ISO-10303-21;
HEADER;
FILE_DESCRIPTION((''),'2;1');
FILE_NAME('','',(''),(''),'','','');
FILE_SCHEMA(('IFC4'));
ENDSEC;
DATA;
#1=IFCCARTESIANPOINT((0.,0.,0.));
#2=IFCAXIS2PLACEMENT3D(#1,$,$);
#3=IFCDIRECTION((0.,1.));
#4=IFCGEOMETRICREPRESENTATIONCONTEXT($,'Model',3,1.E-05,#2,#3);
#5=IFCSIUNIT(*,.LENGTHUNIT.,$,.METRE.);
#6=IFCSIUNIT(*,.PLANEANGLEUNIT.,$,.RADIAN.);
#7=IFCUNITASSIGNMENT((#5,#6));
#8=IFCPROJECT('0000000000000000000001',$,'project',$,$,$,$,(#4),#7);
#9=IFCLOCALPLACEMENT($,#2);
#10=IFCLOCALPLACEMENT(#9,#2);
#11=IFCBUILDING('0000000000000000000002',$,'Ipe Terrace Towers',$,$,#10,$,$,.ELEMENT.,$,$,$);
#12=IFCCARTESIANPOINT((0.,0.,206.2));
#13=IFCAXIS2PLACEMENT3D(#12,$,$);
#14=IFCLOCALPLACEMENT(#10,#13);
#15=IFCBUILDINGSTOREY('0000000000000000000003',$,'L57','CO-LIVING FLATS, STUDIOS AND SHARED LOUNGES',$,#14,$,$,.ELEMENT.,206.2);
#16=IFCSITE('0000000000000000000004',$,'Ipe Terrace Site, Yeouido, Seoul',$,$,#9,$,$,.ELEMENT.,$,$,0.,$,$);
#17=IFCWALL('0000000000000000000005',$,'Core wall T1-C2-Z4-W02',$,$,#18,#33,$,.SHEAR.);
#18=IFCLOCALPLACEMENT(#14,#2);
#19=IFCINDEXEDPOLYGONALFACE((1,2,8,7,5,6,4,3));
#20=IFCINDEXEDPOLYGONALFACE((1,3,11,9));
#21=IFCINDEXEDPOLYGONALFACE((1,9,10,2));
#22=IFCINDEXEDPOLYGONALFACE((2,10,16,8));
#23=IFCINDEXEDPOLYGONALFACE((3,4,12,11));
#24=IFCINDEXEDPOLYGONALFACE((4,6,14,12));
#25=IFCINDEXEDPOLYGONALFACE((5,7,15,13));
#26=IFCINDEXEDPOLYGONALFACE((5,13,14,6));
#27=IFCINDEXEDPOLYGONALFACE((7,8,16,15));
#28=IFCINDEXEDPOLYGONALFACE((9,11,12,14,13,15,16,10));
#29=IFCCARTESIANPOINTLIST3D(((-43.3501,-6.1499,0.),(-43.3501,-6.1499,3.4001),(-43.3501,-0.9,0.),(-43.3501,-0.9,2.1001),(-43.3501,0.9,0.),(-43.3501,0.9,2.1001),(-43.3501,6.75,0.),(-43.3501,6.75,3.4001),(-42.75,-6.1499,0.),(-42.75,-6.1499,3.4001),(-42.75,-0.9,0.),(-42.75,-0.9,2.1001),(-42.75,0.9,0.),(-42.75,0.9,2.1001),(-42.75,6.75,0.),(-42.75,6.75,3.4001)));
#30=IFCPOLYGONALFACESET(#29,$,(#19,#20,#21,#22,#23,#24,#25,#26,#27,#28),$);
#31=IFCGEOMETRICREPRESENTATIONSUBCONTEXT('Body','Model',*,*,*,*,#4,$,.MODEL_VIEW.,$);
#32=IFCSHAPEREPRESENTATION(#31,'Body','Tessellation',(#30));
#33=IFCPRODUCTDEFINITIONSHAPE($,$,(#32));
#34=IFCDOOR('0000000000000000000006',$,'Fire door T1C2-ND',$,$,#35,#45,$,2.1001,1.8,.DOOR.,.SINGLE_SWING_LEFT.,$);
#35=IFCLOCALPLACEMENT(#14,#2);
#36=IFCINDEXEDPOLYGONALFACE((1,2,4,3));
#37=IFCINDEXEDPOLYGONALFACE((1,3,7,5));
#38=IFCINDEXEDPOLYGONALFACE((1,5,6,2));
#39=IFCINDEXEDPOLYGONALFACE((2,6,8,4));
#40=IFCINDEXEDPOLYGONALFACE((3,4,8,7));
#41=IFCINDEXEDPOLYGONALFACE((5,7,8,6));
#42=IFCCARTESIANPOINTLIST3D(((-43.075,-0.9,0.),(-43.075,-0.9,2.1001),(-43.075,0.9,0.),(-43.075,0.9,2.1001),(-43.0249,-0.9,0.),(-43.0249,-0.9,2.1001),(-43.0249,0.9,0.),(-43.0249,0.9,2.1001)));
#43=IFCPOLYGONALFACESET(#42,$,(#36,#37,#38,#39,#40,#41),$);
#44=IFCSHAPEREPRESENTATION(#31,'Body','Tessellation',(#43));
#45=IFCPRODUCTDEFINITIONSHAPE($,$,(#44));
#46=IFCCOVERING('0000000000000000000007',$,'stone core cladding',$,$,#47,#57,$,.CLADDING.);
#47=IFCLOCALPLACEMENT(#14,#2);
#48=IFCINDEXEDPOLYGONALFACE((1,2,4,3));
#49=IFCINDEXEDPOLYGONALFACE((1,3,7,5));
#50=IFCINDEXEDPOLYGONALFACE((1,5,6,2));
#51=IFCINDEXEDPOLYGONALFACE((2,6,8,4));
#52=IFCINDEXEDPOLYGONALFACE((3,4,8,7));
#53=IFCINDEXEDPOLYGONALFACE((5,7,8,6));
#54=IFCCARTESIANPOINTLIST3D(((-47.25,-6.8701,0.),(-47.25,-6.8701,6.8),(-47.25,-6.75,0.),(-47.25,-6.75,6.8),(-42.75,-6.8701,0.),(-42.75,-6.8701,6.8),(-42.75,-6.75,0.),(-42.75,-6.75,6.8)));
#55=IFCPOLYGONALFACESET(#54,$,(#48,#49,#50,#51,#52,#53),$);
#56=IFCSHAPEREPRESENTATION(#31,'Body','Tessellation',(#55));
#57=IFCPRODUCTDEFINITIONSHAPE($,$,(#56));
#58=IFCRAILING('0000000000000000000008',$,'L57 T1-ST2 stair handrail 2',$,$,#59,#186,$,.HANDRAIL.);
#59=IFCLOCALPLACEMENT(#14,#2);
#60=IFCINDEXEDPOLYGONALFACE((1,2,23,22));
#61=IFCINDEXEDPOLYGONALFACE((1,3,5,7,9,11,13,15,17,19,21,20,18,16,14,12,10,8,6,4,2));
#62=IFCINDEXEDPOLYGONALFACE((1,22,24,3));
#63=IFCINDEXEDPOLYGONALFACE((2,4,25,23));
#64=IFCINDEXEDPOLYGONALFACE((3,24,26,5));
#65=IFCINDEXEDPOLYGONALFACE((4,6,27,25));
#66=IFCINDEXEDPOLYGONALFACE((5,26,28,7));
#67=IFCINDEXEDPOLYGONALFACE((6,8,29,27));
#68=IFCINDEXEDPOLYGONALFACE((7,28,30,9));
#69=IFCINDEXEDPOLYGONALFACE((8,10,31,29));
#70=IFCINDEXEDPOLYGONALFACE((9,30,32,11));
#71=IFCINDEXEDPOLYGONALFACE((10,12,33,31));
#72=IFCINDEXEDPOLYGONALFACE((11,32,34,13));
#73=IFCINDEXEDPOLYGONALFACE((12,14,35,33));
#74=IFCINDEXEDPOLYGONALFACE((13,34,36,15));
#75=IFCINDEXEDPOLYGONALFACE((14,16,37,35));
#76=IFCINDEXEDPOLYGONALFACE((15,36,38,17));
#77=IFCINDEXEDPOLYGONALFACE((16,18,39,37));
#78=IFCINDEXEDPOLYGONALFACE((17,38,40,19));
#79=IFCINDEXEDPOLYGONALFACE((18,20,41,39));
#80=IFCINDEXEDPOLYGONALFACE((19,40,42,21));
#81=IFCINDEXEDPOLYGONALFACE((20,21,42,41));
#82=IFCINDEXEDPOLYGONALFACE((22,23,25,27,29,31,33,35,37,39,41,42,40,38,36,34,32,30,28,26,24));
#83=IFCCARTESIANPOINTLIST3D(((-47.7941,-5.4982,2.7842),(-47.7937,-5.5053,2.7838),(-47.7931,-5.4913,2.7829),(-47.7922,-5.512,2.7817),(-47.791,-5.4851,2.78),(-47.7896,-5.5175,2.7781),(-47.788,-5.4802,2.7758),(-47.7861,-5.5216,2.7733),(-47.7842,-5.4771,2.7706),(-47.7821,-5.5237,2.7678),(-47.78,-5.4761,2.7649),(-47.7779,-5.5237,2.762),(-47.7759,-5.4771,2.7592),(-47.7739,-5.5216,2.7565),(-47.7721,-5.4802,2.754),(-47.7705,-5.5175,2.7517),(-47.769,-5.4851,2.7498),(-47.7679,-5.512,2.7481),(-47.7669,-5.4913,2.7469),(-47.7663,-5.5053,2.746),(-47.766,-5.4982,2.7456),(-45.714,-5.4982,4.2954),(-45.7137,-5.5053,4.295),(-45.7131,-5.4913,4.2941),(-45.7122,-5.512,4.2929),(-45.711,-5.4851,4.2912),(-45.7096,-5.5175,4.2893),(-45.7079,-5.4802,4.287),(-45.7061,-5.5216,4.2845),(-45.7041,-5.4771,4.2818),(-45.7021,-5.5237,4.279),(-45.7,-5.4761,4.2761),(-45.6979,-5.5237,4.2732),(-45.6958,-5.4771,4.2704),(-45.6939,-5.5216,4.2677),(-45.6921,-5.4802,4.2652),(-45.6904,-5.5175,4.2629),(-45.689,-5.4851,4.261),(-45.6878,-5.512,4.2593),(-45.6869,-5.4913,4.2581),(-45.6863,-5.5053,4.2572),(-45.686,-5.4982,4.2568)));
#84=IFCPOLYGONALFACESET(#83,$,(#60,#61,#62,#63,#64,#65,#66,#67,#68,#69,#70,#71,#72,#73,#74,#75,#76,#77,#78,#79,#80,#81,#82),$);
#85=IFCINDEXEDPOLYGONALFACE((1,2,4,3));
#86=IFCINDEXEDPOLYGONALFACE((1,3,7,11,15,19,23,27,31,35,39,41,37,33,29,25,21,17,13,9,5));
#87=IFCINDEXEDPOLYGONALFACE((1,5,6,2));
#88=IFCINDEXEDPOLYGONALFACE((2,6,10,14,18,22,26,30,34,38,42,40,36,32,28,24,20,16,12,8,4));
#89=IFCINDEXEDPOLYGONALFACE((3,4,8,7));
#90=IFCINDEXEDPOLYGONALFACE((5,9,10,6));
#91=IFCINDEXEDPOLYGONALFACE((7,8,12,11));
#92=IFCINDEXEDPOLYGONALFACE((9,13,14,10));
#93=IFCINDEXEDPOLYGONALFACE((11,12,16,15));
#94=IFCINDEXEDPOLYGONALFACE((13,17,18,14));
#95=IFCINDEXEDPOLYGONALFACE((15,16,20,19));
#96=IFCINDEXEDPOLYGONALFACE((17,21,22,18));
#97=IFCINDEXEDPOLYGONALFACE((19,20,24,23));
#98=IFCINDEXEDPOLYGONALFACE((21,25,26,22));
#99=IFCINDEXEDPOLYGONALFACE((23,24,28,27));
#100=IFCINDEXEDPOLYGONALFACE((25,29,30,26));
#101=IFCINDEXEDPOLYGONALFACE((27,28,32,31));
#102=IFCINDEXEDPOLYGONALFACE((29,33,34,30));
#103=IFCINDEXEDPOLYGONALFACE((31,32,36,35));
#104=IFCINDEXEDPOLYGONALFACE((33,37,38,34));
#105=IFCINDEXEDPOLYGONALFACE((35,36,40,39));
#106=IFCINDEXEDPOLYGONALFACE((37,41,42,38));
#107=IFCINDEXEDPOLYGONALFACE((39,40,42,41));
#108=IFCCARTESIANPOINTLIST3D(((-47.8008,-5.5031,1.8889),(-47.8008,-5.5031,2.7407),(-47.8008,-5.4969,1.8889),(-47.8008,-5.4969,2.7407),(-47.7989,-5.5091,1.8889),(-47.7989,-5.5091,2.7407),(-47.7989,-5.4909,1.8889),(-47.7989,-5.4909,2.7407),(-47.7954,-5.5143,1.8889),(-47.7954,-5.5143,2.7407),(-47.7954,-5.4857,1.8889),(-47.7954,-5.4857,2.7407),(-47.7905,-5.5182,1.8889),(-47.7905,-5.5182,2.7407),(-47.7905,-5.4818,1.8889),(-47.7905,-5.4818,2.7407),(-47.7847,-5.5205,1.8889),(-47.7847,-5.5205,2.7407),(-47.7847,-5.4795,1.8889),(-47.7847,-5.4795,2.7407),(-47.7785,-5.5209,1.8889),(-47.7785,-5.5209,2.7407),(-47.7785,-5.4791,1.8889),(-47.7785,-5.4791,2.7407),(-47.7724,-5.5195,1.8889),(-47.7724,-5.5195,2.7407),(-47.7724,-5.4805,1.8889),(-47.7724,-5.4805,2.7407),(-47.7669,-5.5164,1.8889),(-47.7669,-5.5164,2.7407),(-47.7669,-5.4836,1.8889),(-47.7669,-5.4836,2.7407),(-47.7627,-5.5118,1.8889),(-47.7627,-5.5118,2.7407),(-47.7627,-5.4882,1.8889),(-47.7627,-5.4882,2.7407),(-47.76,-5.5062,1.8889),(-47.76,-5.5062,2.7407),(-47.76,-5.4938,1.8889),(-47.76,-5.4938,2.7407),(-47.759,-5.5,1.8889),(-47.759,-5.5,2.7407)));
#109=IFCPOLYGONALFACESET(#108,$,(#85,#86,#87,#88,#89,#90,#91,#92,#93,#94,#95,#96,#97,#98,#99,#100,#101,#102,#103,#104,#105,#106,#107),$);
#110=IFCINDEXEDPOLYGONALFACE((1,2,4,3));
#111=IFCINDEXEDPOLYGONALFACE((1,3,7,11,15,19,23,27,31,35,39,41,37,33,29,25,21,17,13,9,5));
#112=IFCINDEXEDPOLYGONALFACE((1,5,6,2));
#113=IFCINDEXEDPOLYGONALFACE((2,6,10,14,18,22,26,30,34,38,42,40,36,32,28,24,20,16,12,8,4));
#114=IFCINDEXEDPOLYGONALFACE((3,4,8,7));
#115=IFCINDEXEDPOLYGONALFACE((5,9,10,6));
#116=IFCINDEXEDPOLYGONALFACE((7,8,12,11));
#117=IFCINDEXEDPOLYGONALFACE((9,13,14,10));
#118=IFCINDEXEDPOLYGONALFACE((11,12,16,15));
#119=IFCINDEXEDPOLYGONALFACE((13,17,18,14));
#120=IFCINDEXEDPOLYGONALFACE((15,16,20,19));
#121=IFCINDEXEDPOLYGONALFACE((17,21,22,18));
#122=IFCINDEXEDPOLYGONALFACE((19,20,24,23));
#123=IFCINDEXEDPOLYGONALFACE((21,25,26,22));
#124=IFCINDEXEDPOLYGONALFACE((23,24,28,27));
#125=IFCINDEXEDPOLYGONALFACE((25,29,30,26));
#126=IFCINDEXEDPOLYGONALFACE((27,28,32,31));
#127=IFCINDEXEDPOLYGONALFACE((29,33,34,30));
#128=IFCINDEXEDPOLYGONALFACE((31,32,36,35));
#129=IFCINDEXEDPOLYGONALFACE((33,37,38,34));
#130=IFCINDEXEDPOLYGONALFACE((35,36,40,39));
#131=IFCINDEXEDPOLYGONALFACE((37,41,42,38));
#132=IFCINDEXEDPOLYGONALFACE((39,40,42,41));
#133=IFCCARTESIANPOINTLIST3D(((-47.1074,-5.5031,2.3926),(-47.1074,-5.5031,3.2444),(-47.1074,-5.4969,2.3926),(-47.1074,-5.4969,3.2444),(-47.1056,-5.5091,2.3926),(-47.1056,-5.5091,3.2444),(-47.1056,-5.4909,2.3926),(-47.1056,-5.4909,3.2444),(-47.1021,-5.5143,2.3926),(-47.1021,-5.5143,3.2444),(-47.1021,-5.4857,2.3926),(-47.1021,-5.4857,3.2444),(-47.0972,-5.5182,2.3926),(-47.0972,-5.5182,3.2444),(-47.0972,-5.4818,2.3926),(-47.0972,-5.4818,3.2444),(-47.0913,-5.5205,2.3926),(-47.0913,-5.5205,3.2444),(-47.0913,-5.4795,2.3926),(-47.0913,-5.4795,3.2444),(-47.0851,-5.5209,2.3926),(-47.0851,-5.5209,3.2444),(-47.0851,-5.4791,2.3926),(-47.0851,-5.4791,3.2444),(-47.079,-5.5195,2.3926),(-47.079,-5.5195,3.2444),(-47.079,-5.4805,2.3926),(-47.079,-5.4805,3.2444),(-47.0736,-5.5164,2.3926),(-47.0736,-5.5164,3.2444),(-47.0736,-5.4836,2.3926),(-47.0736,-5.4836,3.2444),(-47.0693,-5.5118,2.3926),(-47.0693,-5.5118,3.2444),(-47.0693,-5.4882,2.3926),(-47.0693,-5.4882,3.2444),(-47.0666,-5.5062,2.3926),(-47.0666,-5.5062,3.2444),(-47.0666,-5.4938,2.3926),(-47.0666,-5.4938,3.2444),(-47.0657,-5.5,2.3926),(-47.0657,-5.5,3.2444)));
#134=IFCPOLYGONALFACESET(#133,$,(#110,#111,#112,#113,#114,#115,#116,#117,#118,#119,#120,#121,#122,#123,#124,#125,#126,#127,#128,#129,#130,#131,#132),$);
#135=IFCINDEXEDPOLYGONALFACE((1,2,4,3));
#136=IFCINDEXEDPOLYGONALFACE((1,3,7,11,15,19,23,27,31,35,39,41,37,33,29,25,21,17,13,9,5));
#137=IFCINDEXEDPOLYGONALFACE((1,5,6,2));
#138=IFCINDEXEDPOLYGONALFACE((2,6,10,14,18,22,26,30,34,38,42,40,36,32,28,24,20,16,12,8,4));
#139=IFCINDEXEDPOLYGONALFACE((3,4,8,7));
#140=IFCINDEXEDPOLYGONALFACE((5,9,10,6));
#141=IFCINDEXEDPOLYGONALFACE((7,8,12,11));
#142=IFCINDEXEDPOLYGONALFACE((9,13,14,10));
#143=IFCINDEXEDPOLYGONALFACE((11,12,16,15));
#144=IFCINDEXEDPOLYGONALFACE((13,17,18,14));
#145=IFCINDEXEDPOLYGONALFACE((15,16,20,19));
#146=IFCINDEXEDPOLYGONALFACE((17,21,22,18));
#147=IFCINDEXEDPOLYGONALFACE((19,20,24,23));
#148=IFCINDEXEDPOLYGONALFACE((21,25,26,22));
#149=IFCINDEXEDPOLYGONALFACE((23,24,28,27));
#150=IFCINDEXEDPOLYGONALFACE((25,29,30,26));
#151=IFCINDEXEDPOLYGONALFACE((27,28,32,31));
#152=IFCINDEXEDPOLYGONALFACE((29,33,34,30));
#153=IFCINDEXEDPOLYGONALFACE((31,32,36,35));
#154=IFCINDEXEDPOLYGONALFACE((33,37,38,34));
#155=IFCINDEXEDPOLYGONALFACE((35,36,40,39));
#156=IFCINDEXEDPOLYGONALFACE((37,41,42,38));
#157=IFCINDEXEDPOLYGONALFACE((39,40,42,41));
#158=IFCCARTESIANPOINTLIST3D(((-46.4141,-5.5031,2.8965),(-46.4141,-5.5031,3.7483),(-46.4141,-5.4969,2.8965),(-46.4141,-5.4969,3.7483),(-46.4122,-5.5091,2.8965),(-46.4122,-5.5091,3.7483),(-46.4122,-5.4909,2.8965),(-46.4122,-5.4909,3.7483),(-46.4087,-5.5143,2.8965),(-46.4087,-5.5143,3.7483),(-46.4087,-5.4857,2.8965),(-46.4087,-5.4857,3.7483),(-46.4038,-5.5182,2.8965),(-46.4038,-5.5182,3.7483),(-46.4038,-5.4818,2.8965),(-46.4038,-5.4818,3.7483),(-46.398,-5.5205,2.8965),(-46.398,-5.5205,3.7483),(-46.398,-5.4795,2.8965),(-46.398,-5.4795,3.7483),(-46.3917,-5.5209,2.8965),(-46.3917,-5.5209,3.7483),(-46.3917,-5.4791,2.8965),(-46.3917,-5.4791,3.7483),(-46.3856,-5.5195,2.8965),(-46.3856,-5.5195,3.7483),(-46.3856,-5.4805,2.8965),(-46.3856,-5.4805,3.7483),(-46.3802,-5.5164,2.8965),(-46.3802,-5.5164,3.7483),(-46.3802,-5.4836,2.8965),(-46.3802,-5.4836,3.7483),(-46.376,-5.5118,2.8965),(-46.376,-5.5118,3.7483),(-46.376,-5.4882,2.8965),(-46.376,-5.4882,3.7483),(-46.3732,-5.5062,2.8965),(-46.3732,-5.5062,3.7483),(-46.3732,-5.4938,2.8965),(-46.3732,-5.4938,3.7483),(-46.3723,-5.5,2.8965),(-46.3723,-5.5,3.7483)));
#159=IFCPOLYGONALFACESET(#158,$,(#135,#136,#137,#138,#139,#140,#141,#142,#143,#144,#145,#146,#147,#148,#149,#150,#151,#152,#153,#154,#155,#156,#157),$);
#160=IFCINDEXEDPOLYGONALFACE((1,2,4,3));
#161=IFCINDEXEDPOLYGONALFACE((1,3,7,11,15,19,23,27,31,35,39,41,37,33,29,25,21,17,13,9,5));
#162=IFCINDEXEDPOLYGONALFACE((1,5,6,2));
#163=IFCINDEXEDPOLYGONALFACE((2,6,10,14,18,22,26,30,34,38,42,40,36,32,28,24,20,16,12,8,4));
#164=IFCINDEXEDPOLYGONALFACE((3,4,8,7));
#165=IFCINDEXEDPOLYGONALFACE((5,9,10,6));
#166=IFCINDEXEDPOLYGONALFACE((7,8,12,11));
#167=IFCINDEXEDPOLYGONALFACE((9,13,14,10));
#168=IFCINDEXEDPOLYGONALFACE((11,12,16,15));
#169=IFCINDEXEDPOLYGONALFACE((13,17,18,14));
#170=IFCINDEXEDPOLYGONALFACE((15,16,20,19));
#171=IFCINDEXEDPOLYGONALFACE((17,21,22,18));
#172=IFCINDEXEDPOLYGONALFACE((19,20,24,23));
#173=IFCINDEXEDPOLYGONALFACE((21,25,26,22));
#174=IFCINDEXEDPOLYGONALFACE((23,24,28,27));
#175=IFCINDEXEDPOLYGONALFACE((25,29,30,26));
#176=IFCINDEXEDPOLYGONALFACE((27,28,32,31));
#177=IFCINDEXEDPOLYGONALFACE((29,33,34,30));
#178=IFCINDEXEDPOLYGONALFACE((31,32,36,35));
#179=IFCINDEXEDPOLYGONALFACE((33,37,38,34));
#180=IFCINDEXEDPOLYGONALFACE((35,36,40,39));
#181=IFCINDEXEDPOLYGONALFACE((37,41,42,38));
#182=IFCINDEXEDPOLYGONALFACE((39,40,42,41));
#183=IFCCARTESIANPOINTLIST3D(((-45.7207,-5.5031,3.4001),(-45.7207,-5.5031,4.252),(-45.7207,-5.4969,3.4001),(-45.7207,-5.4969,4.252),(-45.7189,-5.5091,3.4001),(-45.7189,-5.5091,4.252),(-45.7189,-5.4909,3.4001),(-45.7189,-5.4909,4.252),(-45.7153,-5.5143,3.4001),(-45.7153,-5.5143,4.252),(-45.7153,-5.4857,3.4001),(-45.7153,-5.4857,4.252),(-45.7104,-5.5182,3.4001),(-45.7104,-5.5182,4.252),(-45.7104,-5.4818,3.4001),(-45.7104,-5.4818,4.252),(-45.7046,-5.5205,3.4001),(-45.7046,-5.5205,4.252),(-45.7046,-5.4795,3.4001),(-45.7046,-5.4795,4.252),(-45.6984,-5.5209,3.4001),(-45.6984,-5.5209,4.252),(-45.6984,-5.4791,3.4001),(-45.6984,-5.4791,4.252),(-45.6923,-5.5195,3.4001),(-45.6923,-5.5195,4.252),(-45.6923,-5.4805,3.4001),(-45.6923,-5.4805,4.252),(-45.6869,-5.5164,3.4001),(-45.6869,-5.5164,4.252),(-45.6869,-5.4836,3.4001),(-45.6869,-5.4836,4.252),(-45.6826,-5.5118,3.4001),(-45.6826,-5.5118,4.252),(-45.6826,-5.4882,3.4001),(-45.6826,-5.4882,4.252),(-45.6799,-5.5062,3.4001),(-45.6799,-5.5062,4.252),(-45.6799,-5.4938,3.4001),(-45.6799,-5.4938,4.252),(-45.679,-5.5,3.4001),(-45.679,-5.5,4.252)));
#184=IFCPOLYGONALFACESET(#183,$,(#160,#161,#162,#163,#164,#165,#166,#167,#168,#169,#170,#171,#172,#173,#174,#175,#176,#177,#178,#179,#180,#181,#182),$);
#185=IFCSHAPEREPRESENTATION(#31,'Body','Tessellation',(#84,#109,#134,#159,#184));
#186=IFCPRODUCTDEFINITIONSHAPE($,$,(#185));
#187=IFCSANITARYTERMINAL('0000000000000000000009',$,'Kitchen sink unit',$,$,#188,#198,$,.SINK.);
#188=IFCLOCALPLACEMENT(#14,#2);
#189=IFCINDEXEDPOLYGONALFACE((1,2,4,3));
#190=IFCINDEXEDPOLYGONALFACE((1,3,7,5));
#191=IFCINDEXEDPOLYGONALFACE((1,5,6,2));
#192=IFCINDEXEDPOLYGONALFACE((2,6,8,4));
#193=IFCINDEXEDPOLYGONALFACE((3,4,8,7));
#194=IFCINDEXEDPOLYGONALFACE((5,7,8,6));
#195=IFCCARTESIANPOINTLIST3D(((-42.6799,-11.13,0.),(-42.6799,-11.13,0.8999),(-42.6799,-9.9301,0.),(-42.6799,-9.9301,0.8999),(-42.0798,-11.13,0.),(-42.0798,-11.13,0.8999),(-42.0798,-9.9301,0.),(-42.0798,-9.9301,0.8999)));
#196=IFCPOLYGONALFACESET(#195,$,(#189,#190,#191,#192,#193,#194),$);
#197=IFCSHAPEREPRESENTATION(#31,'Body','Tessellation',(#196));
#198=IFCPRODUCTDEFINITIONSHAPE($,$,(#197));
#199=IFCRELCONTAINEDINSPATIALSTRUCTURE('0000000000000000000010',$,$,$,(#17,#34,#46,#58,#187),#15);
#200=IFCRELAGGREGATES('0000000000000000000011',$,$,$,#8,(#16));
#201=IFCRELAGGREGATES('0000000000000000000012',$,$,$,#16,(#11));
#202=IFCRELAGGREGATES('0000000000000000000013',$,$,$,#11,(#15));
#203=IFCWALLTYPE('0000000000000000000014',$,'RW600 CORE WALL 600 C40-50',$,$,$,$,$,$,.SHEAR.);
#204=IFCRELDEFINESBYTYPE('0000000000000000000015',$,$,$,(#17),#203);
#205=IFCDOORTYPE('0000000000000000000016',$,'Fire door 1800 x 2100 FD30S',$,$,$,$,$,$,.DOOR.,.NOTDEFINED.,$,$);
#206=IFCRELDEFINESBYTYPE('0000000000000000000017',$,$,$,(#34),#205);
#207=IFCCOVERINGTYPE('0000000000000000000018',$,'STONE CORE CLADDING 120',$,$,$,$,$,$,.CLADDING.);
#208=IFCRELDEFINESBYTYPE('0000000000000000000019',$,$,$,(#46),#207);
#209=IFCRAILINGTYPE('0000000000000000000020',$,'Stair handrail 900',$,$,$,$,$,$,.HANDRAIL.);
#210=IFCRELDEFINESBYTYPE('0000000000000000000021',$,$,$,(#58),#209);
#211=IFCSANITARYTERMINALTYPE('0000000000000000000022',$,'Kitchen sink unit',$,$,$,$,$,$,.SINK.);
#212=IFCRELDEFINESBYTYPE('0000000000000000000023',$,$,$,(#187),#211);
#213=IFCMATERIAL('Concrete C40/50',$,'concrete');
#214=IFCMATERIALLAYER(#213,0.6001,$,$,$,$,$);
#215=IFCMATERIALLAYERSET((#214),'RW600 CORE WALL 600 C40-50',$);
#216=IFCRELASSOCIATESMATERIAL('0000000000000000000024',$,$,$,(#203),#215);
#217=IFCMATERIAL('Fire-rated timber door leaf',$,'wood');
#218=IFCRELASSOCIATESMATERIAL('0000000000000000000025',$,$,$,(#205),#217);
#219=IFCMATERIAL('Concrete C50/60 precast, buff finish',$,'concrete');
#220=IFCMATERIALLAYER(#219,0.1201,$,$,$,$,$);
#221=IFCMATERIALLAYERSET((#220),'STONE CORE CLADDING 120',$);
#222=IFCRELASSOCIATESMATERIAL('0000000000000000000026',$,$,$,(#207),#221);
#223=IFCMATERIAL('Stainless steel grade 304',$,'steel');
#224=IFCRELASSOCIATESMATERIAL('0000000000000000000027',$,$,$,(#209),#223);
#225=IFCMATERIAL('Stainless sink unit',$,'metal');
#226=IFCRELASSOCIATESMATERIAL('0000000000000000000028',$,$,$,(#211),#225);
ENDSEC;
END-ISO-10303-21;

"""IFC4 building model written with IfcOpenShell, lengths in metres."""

from ifc_helpers import new_model, si_unit, direction, frame, frame_2d, origin, origin_2d, place, context, subcontext, project, spatial, rectangle, circle, extrude, material, layer, layer_set, type_object, element, fill, save


model = new_model("IFC4")

# Units and contexts
model_context = context("Model", 3, precision=1e-05, world=origin(), true_north=direction((0.0, 1.0)))
body_context = subcontext(model_context, "Body", "Model", "MODEL_VIEW")
ifc_project = project(units=[si_unit("LENGTHUNIT", "METRE"), si_unit("PLANEANGLEUNIT", "RADIAN")], contexts=[model_context])

# Site, building, storey
site_placement = place(None, origin())
site = spatial("IfcSite", under=ifc_project, at=site_placement, Name="Ipe Terrace Site, Yeouido, Seoul", CompositionType="ELEMENT", RefElevation=0.0)
building_placement = place(site_placement, origin())
building = spatial("IfcBuilding", under=site, at=building_placement, Name="Ipe Terrace Towers", CompositionType="ELEMENT")
storey_placement = place(building_placement, frame((0.0, 0.0, 206.2)))
storey = spatial("IfcBuildingStorey", under=building, at=storey_placement, Name="L57", Description="CO-LIVING FLATS, STUDIOS AND SHARED LOUNGES", CompositionType="ELEMENT", Elevation=206.2)

# Shared definitions
ifc_material_1 = material(Name="Concrete C40/50", Category="concrete")
ifc_layer_1 = layer(ifc_material_1, 0.6001)
ifc_layer_set_1 = layer_set([ifc_layer_1], Name="RW600 CORE WALL 600 C40-50")
wall_type_1 = type_object("IfcWallType", Name="RW600 CORE WALL 600 C40-50", PredefinedType="SHEAR", material=ifc_layer_set_1)

# Wall, opening, door
wall_1_placement = place(storey_placement, frame((-43.05, -6.1499, 0.0), z_axis=(0.0, 0.0, 1.0), x_axis=(0.0, 1.0, 0.0)))
wall_1 = element("IfcWall", 1, at=wall_1_placement, inside=storey, type_object=wall_type_1, Name="Core wall T1-C2-Z4-W02", PredefinedType="SHEAR", context=body_context, shape_type="SweptSolid", body=[
    extrude(rectangle(XDim=12.8999, YDim=0.6001, at=frame_2d((6.45, 0.0))), origin(), (0.0, 0.0, 1.0), 3.4001),
])
opening_1_placement = place(wall_1_placement, frame((5.25, 0.0, 0.0)))
opening_1 = element("IfcOpeningElement", 2, at=opening_1_placement, cuts=wall_1, PredefinedType="OPENING", context=body_context, shape_type="SweptSolid", body=[
    extrude(rectangle(XDim=1.8, YDim=2.1001, at=frame_2d((0.8999, 1.05))), frame((0.0, 0.3101, 0.0), z_axis=(0.0, -1.0, 0.0), x_axis=(1.0, 0.0, 0.0)), (0.0, 0.0, 1.0), 0.6201),
])
ifc_material_2 = material(Name="Fire-rated timber door leaf", Category="wood")
door_type_1 = type_object("IfcDoorType", Name="Fire door 1800 x 2100 FD30S", OperationType="NOTDEFINED", PredefinedType="DOOR", material=ifc_material_2)
door_1_placement = place(opening_1_placement, origin())
door_1 = element("IfcDoor", 3, at=door_1_placement, inside=storey, type_object=door_type_1, Name="Fire door T1C2-ND", OperationType="SINGLE_SWING_LEFT", OverallHeight=2.1001, OverallWidth=1.8, PredefinedType="DOOR", context=body_context, shape_type="SweptSolid", body=[
    extrude(rectangle(XDim=1.8, YDim=2.1001, at=frame_2d((0.8999, 1.05))), frame((0.0, 0.0249, 0.0), z_axis=(0.0, -1.0, 0.0), x_axis=(1.0, 0.0, 0.0)), (0.0, 0.0, 1.0), 0.05),
])
fill(opening_1, door_1)

# Covering
ifc_material_3 = material(Name="Concrete C50/60 precast, buff finish", Category="concrete")
ifc_layer_2 = layer(ifc_material_3, 0.1201)
ifc_layer_set_2 = layer_set([ifc_layer_2], Name="STONE CORE CLADDING 120")
covering_type = type_object("IfcCoveringType", Name="STONE CORE CLADDING 120", PredefinedType="CLADDING", material=ifc_layer_set_2)
covering_placement = place(storey_placement, frame((-45.0, -6.8101, 0.0), z_axis=(0.0, 0.0, 1.0), x_axis=(1.0, 0.0, 0.0)))
element("IfcCovering", 4, at=covering_placement, inside=storey, type_object=covering_type, Name="stone core cladding", PredefinedType="CLADDING", context=body_context, shape_type="SweptSolid", body=[
    extrude(rectangle(XDim=4.5, YDim=0.1201, at=origin_2d()), origin(), (0.0, 0.0, 1.0), 6.8),
])

# Railing
ifc_material_4 = material(Name="Stainless steel grade 304", Category="steel")
railing_type_1 = type_object("IfcRailingType", Name="Stair handrail 900", PredefinedType="HANDRAIL", material=ifc_material_4)
railing_1_placement = place(storey_placement, frame((-47.78, -5.5, 1.8889)))
element("IfcRailing", 5, at=railing_1_placement, inside=storey, type_object=railing_type_1, Name="L57 T1-ST2 stair handrail 2", PredefinedType="HANDRAIL", context=body_context, shape_type="SweptSolid", body=[
    extrude(circle(Radius=0.0239, at=origin_2d()), frame((0.0, 0.0, 0.876), z_axis=(0.809023, 0.0, 0.587776), x_axis=(0.0, 1.0, 0.0)), (0.0, 0.0, 1.0), 2.571),
    extrude(circle(Radius=0.021, at=origin_2d()), origin(), (0.0, 0.0, 1.0), 0.8518),
    extrude(circle(Radius=0.021, at=origin_2d()), frame((0.6934, 0.0, 0.5037)), (0.0, 0.0, 1.0), 0.8518),
    extrude(circle(Radius=0.021, at=origin_2d()), frame((1.3867, 0.0, 1.0076)), (0.0, 0.0, 1.0), 0.8518),
    extrude(circle(Radius=0.021, at=origin_2d()), frame((2.0801, 0.0, 1.5112)), (0.0, 0.0, 1.0), 0.8518),
])

# Sanitary terminal
ifc_material_5 = material(Name="Stainless sink unit", Category="metal")
sanitary_terminal_type_1 = type_object("IfcSanitaryTerminalType", Name="Kitchen sink unit", PredefinedType="SINK", material=ifc_material_5)
sanitary_terminal_1_placement = place(storey_placement, frame((-42.3799, -10.53, 0.0), z_axis=(0.0, 0.0, 1.0), x_axis=(0.0, 1.0, 0.0)))
element("IfcSanitaryTerminal", 6, at=sanitary_terminal_1_placement, inside=storey, type_object=sanitary_terminal_type_1, Name="Kitchen sink unit", PredefinedType="SINK", context=body_context, shape_type="SweptSolid", body=[
    extrude(rectangle(XDim=1.2, YDim=0.6001, at=origin_2d()), origin(), (0.0, 0.0, 1.0), 0.8999),
])

save(model, "model.ifc")
